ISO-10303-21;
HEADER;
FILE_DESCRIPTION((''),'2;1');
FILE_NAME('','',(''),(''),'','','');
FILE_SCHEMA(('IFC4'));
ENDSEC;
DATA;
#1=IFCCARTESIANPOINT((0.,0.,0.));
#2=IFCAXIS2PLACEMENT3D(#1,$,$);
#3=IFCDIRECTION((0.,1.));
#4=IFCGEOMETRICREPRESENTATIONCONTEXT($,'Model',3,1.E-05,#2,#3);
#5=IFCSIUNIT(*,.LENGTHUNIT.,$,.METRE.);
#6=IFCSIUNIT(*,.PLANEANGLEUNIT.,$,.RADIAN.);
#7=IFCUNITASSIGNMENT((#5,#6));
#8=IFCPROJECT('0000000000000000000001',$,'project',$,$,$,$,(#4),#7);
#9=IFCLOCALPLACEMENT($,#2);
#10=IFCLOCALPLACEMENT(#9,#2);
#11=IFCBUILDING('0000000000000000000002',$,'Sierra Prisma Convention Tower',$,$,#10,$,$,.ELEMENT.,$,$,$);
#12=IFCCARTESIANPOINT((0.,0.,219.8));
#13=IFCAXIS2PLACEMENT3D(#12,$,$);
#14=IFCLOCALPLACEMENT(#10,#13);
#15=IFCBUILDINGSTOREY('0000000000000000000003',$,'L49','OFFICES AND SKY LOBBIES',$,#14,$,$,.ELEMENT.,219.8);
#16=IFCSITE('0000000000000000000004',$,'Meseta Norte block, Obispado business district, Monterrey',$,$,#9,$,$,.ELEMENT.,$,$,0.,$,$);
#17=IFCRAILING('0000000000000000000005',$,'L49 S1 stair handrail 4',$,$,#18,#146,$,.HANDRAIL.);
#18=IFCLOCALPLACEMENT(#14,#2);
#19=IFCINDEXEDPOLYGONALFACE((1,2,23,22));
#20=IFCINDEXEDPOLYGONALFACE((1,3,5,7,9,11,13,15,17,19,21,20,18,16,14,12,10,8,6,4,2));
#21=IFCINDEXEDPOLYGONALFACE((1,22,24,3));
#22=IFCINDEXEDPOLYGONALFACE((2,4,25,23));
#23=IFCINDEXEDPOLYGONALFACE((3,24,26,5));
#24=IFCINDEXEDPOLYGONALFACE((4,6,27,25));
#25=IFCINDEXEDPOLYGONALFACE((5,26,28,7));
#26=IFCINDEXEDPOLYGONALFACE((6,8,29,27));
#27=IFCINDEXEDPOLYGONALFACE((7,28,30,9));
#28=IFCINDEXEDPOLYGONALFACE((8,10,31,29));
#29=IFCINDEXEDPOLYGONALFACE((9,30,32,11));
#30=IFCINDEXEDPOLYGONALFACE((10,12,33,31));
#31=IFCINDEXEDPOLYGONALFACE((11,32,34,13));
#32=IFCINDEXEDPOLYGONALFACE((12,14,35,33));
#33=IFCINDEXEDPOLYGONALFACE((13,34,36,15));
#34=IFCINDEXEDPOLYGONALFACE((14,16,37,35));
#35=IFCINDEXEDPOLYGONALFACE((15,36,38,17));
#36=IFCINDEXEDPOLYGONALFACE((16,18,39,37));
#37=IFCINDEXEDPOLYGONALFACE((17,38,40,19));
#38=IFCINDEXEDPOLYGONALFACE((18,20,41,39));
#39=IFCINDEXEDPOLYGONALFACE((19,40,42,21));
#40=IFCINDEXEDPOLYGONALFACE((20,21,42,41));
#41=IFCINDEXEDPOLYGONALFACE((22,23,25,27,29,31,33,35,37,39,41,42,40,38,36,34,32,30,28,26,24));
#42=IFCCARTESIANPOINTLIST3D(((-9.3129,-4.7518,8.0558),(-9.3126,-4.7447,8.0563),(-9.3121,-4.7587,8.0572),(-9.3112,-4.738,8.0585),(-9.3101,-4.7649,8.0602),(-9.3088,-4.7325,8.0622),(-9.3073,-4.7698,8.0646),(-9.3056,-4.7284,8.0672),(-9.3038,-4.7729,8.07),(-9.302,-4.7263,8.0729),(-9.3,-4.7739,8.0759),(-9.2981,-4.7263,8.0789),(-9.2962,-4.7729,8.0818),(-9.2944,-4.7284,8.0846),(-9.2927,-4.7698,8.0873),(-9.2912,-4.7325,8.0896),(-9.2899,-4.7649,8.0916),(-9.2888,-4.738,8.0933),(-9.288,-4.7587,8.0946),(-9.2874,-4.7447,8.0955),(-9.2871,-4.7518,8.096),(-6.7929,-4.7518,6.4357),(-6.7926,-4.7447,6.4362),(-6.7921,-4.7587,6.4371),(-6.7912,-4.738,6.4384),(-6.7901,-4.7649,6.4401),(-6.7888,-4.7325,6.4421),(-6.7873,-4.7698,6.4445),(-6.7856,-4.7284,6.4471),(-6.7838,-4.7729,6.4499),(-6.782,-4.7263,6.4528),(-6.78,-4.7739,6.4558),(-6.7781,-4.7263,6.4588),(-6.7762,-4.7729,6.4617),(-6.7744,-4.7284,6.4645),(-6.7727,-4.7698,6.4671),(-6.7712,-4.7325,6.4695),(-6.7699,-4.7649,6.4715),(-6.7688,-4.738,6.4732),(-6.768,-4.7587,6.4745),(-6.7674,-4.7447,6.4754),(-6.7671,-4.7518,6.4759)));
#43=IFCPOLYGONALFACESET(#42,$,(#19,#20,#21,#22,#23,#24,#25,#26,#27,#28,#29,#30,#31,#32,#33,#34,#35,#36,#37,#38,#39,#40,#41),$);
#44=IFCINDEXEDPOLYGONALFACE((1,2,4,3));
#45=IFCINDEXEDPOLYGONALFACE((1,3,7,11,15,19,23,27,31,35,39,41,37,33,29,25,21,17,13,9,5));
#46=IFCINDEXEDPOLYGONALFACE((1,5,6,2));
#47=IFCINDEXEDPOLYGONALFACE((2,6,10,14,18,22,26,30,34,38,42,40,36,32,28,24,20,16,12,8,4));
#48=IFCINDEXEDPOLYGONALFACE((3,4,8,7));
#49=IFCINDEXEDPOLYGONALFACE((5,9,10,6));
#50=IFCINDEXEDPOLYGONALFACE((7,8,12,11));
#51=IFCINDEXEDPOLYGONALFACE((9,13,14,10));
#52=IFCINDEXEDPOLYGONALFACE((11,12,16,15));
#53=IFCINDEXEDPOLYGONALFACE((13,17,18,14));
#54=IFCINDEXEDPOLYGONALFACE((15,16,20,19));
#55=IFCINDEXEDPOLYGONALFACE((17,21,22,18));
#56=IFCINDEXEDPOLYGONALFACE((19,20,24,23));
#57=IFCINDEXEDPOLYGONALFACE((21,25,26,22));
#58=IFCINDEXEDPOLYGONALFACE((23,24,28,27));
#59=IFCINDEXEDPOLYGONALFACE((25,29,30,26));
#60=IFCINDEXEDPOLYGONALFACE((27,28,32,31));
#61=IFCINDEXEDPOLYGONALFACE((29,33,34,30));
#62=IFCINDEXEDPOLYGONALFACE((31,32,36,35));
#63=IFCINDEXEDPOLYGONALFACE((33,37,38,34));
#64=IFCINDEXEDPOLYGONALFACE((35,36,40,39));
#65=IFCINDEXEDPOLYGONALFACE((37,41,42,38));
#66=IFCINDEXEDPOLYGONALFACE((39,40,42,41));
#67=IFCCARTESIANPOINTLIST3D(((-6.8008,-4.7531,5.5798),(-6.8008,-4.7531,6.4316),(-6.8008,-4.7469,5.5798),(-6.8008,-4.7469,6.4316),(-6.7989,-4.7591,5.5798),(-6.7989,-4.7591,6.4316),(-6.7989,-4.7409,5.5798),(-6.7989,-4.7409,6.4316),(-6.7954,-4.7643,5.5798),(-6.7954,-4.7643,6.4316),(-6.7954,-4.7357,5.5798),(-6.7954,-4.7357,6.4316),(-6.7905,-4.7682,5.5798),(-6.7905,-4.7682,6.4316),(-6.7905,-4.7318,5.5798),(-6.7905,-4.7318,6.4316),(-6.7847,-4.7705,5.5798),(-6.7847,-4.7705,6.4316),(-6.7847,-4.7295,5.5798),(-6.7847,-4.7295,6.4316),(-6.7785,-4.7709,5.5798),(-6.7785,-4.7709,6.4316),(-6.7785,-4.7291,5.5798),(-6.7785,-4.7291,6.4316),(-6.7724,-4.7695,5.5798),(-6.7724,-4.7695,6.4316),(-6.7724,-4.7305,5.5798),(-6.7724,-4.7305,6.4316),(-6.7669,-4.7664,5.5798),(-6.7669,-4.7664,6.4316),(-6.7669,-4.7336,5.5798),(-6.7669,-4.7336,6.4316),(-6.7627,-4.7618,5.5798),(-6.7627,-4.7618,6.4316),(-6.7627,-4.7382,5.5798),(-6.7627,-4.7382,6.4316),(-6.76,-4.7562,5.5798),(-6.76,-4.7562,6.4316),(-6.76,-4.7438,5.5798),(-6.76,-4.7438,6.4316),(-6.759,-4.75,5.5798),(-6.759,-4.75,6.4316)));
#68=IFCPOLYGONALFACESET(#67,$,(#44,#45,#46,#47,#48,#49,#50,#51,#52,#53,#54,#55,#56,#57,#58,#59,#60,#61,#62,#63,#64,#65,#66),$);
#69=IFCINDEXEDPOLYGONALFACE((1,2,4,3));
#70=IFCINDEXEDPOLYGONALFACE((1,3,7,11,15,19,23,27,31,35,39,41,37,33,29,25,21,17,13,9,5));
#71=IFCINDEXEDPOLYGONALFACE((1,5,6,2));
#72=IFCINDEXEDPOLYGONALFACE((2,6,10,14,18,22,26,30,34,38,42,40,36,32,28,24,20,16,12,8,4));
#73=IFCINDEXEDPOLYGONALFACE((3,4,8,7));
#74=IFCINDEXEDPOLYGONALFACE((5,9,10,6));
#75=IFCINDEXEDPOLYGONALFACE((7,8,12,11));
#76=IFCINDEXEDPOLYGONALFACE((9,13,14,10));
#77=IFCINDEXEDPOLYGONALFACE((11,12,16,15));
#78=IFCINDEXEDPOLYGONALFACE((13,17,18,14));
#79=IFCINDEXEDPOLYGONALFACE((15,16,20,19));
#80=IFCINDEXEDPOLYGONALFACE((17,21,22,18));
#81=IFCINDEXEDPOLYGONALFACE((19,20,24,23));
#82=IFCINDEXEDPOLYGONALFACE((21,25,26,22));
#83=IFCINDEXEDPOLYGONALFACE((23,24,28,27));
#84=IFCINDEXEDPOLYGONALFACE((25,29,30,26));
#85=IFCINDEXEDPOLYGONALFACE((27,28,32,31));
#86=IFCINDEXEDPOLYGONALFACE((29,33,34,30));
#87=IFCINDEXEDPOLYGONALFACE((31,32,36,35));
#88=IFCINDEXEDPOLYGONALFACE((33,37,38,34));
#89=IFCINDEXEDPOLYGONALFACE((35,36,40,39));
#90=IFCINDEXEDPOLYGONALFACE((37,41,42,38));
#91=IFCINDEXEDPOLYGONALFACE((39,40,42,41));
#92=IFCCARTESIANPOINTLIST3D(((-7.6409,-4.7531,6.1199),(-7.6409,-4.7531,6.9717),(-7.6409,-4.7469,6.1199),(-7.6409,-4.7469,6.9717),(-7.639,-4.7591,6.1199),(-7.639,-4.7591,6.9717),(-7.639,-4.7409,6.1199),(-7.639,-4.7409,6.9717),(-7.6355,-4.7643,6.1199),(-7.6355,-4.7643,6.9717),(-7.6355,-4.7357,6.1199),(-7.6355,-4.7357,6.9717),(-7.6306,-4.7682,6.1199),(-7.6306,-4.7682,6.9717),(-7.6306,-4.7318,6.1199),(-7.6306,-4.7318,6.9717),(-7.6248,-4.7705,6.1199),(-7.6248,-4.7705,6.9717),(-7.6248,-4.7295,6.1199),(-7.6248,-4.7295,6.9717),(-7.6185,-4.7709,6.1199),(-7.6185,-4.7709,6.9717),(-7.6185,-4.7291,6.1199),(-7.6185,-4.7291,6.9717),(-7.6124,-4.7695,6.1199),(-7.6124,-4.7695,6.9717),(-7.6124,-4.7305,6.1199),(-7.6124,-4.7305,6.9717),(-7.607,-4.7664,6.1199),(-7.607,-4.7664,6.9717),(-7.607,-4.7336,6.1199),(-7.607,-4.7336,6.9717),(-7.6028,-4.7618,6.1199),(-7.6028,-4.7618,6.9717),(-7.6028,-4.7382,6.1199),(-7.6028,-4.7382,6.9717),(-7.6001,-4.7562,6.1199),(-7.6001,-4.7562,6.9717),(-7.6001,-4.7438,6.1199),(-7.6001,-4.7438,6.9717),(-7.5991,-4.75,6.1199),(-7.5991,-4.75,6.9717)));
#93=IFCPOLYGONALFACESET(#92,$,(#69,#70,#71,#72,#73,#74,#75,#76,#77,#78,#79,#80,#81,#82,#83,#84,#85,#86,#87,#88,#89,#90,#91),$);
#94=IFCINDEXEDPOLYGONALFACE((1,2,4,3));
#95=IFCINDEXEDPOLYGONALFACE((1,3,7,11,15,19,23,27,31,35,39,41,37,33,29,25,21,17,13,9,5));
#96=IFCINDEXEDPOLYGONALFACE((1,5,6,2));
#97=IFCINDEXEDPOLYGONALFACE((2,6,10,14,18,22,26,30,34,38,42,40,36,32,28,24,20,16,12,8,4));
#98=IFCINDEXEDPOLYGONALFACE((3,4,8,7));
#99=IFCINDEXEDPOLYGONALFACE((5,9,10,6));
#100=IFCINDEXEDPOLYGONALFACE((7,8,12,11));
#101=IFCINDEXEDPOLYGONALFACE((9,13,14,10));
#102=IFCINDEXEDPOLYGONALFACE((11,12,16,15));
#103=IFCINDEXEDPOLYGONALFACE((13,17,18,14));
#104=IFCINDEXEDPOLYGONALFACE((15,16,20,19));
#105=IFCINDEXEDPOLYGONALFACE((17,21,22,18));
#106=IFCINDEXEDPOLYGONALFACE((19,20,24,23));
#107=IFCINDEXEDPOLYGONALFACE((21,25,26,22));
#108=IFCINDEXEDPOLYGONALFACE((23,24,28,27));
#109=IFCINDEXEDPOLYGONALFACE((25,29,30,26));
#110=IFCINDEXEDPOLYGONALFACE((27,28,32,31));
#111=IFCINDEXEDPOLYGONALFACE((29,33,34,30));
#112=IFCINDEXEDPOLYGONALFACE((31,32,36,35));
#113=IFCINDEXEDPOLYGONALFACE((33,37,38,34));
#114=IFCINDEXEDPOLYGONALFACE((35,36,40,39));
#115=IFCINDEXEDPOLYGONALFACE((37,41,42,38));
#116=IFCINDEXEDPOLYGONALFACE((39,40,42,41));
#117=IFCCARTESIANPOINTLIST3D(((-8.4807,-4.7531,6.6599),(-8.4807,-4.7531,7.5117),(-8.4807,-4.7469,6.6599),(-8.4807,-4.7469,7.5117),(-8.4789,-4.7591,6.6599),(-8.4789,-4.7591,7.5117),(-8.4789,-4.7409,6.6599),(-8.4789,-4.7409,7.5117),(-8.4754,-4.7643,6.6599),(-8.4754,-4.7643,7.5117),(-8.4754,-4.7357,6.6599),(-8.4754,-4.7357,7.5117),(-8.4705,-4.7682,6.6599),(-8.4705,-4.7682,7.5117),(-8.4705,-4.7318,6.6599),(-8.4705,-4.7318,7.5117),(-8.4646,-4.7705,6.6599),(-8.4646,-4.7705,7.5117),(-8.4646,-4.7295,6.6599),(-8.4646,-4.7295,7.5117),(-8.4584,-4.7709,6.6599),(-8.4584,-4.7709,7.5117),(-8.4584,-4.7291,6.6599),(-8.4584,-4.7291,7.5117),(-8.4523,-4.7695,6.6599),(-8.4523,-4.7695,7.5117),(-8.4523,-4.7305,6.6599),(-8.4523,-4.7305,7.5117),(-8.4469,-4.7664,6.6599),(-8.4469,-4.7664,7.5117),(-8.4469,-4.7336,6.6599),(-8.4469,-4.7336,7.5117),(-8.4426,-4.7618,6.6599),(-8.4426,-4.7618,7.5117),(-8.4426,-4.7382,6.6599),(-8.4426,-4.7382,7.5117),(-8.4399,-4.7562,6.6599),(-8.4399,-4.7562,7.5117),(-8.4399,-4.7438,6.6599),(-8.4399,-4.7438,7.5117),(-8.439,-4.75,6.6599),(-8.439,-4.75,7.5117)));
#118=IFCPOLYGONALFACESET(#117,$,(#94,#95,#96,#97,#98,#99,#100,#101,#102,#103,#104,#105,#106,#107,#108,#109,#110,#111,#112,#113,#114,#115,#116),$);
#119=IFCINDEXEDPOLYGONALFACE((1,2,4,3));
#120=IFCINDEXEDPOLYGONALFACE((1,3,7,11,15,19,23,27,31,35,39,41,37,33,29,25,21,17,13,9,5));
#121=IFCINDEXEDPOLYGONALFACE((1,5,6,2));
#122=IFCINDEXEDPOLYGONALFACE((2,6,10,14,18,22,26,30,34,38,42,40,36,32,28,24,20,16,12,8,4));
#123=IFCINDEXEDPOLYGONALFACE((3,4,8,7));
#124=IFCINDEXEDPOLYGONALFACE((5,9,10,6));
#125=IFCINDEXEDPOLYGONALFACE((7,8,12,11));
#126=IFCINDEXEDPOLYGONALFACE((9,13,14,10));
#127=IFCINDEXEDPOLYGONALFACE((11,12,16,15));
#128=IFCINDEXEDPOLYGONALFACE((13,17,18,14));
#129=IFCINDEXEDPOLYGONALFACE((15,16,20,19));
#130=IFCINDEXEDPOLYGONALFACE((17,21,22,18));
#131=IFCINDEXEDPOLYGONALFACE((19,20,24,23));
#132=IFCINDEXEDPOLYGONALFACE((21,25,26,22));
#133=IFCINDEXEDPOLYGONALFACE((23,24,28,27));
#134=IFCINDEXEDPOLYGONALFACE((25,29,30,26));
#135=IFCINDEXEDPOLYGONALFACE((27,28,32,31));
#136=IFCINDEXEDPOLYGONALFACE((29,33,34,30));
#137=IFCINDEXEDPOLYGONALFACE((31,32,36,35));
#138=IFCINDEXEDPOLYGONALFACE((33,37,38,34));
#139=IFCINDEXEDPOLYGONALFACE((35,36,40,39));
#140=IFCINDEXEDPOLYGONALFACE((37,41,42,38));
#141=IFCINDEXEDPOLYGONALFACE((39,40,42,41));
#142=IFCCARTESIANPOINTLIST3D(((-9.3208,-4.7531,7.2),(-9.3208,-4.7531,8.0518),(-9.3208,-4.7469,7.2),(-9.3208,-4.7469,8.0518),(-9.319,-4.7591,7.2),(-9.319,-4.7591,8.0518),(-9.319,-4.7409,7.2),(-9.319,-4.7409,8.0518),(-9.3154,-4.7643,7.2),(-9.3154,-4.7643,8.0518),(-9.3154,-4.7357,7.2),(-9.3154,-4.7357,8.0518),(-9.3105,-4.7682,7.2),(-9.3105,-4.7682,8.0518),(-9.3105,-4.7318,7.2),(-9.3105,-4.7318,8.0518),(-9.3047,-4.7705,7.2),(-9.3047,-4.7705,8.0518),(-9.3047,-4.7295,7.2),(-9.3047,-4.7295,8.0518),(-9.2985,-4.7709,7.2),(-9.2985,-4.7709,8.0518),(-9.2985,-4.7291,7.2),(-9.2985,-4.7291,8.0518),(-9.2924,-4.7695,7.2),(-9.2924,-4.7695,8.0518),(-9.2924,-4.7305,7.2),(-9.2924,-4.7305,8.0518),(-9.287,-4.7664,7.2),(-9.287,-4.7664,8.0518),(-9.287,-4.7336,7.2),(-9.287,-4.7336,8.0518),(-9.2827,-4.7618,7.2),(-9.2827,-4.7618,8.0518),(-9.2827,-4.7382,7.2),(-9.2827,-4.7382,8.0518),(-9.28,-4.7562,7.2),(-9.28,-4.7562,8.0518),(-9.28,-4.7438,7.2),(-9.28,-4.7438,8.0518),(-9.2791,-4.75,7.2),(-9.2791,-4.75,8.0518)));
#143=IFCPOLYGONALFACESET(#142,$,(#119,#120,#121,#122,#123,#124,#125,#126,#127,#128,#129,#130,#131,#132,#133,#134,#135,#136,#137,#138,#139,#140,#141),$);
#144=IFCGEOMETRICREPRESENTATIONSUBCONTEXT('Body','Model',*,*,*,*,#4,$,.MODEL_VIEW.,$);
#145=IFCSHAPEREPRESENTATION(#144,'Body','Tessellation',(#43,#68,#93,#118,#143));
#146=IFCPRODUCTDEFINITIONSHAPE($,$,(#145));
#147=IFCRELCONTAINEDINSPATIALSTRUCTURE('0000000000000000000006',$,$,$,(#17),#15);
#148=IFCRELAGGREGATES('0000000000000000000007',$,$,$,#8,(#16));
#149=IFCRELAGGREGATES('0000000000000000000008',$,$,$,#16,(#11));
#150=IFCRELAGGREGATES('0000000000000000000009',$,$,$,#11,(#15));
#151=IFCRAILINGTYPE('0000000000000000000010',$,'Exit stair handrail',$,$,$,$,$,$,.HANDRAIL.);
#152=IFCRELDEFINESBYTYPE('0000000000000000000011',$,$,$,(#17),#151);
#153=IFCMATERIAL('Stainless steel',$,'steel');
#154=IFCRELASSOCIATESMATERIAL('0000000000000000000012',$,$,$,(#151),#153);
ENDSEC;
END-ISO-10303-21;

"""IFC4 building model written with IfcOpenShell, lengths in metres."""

from ifc_helpers import new_model, si_unit, direction, frame, origin, origin_2d, place, context, subcontext, project, spatial, circle, extrude, material, type_object, element, save


model = new_model("IFC4")

# Units and contexts
model_context = context("Model", 3, precision=1e-05, world=origin(), true_north=direction((0.0, 1.0)))
body_context = subcontext(model_context, "Body", "Model", "MODEL_VIEW")
ifc_project = project(units=[si_unit("LENGTHUNIT", "METRE"), si_unit("PLANEANGLEUNIT", "RADIAN")], contexts=[model_context])

# Site, building, storey
site_placement = place(None, origin())
site = spatial("IfcSite", under=ifc_project, at=site_placement, Name="Meseta Norte block, Obispado business district, Monterrey", CompositionType="ELEMENT", RefElevation=0.0)
building_placement = place(site_placement, origin())
building = spatial("IfcBuilding", under=site, at=building_placement, Name="Sierra Prisma Convention Tower", CompositionType="ELEMENT")
storey_placement = place(building_placement, frame((0.0, 0.0, 219.8)))
storey = spatial("IfcBuildingStorey", under=building, at=storey_placement, Name="L49", Description="OFFICES AND SKY LOBBIES", CompositionType="ELEMENT", Elevation=219.8)

# Railing
ifc_material_1 = material(Name="Stainless steel", Category="steel")
railing_type_1 = type_object("IfcRailingType", Name="Exit stair handrail", PredefinedType="HANDRAIL", material=ifc_material_1)
railing_1_placement = place(storey_placement, frame((-6.78, -4.75, 5.5798)))
element("IfcRailing", 1, at=railing_1_placement, inside=storey, type_object=railing_type_1, Name="L49 S1 stair handrail 4", PredefinedType="HANDRAIL", context=body_context, shape_type="SweptSolid", body=[
    extrude(circle(Radius=0.0239, at=origin_2d()), frame((0.0, 0.0, 0.876), z_axis=(-0.841163, 0.0, 0.540782), x_axis=(0.0, -1.0, 0.0)), (0.0, 0.0, 1.0), 2.9958),
    extrude(circle(Radius=0.021, at=origin_2d()), origin(), (0.0, 0.0, 1.0), 0.8518),
    extrude(circle(Radius=0.021, at=origin_2d()), frame((-0.8401, 0.0, 0.54)), (0.0, 0.0, 1.0), 0.8518),
    extrude(circle(Radius=0.021, at=origin_2d()), frame((-1.6799, 0.0, 1.0801)), (0.0, 0.0, 1.0), 0.8518),
    extrude(circle(Radius=0.021, at=origin_2d()), frame((-2.52, 0.0, 1.6201)), (0.0, 0.0, 1.0), 0.8518),
])

save(model, "model.ifc")
